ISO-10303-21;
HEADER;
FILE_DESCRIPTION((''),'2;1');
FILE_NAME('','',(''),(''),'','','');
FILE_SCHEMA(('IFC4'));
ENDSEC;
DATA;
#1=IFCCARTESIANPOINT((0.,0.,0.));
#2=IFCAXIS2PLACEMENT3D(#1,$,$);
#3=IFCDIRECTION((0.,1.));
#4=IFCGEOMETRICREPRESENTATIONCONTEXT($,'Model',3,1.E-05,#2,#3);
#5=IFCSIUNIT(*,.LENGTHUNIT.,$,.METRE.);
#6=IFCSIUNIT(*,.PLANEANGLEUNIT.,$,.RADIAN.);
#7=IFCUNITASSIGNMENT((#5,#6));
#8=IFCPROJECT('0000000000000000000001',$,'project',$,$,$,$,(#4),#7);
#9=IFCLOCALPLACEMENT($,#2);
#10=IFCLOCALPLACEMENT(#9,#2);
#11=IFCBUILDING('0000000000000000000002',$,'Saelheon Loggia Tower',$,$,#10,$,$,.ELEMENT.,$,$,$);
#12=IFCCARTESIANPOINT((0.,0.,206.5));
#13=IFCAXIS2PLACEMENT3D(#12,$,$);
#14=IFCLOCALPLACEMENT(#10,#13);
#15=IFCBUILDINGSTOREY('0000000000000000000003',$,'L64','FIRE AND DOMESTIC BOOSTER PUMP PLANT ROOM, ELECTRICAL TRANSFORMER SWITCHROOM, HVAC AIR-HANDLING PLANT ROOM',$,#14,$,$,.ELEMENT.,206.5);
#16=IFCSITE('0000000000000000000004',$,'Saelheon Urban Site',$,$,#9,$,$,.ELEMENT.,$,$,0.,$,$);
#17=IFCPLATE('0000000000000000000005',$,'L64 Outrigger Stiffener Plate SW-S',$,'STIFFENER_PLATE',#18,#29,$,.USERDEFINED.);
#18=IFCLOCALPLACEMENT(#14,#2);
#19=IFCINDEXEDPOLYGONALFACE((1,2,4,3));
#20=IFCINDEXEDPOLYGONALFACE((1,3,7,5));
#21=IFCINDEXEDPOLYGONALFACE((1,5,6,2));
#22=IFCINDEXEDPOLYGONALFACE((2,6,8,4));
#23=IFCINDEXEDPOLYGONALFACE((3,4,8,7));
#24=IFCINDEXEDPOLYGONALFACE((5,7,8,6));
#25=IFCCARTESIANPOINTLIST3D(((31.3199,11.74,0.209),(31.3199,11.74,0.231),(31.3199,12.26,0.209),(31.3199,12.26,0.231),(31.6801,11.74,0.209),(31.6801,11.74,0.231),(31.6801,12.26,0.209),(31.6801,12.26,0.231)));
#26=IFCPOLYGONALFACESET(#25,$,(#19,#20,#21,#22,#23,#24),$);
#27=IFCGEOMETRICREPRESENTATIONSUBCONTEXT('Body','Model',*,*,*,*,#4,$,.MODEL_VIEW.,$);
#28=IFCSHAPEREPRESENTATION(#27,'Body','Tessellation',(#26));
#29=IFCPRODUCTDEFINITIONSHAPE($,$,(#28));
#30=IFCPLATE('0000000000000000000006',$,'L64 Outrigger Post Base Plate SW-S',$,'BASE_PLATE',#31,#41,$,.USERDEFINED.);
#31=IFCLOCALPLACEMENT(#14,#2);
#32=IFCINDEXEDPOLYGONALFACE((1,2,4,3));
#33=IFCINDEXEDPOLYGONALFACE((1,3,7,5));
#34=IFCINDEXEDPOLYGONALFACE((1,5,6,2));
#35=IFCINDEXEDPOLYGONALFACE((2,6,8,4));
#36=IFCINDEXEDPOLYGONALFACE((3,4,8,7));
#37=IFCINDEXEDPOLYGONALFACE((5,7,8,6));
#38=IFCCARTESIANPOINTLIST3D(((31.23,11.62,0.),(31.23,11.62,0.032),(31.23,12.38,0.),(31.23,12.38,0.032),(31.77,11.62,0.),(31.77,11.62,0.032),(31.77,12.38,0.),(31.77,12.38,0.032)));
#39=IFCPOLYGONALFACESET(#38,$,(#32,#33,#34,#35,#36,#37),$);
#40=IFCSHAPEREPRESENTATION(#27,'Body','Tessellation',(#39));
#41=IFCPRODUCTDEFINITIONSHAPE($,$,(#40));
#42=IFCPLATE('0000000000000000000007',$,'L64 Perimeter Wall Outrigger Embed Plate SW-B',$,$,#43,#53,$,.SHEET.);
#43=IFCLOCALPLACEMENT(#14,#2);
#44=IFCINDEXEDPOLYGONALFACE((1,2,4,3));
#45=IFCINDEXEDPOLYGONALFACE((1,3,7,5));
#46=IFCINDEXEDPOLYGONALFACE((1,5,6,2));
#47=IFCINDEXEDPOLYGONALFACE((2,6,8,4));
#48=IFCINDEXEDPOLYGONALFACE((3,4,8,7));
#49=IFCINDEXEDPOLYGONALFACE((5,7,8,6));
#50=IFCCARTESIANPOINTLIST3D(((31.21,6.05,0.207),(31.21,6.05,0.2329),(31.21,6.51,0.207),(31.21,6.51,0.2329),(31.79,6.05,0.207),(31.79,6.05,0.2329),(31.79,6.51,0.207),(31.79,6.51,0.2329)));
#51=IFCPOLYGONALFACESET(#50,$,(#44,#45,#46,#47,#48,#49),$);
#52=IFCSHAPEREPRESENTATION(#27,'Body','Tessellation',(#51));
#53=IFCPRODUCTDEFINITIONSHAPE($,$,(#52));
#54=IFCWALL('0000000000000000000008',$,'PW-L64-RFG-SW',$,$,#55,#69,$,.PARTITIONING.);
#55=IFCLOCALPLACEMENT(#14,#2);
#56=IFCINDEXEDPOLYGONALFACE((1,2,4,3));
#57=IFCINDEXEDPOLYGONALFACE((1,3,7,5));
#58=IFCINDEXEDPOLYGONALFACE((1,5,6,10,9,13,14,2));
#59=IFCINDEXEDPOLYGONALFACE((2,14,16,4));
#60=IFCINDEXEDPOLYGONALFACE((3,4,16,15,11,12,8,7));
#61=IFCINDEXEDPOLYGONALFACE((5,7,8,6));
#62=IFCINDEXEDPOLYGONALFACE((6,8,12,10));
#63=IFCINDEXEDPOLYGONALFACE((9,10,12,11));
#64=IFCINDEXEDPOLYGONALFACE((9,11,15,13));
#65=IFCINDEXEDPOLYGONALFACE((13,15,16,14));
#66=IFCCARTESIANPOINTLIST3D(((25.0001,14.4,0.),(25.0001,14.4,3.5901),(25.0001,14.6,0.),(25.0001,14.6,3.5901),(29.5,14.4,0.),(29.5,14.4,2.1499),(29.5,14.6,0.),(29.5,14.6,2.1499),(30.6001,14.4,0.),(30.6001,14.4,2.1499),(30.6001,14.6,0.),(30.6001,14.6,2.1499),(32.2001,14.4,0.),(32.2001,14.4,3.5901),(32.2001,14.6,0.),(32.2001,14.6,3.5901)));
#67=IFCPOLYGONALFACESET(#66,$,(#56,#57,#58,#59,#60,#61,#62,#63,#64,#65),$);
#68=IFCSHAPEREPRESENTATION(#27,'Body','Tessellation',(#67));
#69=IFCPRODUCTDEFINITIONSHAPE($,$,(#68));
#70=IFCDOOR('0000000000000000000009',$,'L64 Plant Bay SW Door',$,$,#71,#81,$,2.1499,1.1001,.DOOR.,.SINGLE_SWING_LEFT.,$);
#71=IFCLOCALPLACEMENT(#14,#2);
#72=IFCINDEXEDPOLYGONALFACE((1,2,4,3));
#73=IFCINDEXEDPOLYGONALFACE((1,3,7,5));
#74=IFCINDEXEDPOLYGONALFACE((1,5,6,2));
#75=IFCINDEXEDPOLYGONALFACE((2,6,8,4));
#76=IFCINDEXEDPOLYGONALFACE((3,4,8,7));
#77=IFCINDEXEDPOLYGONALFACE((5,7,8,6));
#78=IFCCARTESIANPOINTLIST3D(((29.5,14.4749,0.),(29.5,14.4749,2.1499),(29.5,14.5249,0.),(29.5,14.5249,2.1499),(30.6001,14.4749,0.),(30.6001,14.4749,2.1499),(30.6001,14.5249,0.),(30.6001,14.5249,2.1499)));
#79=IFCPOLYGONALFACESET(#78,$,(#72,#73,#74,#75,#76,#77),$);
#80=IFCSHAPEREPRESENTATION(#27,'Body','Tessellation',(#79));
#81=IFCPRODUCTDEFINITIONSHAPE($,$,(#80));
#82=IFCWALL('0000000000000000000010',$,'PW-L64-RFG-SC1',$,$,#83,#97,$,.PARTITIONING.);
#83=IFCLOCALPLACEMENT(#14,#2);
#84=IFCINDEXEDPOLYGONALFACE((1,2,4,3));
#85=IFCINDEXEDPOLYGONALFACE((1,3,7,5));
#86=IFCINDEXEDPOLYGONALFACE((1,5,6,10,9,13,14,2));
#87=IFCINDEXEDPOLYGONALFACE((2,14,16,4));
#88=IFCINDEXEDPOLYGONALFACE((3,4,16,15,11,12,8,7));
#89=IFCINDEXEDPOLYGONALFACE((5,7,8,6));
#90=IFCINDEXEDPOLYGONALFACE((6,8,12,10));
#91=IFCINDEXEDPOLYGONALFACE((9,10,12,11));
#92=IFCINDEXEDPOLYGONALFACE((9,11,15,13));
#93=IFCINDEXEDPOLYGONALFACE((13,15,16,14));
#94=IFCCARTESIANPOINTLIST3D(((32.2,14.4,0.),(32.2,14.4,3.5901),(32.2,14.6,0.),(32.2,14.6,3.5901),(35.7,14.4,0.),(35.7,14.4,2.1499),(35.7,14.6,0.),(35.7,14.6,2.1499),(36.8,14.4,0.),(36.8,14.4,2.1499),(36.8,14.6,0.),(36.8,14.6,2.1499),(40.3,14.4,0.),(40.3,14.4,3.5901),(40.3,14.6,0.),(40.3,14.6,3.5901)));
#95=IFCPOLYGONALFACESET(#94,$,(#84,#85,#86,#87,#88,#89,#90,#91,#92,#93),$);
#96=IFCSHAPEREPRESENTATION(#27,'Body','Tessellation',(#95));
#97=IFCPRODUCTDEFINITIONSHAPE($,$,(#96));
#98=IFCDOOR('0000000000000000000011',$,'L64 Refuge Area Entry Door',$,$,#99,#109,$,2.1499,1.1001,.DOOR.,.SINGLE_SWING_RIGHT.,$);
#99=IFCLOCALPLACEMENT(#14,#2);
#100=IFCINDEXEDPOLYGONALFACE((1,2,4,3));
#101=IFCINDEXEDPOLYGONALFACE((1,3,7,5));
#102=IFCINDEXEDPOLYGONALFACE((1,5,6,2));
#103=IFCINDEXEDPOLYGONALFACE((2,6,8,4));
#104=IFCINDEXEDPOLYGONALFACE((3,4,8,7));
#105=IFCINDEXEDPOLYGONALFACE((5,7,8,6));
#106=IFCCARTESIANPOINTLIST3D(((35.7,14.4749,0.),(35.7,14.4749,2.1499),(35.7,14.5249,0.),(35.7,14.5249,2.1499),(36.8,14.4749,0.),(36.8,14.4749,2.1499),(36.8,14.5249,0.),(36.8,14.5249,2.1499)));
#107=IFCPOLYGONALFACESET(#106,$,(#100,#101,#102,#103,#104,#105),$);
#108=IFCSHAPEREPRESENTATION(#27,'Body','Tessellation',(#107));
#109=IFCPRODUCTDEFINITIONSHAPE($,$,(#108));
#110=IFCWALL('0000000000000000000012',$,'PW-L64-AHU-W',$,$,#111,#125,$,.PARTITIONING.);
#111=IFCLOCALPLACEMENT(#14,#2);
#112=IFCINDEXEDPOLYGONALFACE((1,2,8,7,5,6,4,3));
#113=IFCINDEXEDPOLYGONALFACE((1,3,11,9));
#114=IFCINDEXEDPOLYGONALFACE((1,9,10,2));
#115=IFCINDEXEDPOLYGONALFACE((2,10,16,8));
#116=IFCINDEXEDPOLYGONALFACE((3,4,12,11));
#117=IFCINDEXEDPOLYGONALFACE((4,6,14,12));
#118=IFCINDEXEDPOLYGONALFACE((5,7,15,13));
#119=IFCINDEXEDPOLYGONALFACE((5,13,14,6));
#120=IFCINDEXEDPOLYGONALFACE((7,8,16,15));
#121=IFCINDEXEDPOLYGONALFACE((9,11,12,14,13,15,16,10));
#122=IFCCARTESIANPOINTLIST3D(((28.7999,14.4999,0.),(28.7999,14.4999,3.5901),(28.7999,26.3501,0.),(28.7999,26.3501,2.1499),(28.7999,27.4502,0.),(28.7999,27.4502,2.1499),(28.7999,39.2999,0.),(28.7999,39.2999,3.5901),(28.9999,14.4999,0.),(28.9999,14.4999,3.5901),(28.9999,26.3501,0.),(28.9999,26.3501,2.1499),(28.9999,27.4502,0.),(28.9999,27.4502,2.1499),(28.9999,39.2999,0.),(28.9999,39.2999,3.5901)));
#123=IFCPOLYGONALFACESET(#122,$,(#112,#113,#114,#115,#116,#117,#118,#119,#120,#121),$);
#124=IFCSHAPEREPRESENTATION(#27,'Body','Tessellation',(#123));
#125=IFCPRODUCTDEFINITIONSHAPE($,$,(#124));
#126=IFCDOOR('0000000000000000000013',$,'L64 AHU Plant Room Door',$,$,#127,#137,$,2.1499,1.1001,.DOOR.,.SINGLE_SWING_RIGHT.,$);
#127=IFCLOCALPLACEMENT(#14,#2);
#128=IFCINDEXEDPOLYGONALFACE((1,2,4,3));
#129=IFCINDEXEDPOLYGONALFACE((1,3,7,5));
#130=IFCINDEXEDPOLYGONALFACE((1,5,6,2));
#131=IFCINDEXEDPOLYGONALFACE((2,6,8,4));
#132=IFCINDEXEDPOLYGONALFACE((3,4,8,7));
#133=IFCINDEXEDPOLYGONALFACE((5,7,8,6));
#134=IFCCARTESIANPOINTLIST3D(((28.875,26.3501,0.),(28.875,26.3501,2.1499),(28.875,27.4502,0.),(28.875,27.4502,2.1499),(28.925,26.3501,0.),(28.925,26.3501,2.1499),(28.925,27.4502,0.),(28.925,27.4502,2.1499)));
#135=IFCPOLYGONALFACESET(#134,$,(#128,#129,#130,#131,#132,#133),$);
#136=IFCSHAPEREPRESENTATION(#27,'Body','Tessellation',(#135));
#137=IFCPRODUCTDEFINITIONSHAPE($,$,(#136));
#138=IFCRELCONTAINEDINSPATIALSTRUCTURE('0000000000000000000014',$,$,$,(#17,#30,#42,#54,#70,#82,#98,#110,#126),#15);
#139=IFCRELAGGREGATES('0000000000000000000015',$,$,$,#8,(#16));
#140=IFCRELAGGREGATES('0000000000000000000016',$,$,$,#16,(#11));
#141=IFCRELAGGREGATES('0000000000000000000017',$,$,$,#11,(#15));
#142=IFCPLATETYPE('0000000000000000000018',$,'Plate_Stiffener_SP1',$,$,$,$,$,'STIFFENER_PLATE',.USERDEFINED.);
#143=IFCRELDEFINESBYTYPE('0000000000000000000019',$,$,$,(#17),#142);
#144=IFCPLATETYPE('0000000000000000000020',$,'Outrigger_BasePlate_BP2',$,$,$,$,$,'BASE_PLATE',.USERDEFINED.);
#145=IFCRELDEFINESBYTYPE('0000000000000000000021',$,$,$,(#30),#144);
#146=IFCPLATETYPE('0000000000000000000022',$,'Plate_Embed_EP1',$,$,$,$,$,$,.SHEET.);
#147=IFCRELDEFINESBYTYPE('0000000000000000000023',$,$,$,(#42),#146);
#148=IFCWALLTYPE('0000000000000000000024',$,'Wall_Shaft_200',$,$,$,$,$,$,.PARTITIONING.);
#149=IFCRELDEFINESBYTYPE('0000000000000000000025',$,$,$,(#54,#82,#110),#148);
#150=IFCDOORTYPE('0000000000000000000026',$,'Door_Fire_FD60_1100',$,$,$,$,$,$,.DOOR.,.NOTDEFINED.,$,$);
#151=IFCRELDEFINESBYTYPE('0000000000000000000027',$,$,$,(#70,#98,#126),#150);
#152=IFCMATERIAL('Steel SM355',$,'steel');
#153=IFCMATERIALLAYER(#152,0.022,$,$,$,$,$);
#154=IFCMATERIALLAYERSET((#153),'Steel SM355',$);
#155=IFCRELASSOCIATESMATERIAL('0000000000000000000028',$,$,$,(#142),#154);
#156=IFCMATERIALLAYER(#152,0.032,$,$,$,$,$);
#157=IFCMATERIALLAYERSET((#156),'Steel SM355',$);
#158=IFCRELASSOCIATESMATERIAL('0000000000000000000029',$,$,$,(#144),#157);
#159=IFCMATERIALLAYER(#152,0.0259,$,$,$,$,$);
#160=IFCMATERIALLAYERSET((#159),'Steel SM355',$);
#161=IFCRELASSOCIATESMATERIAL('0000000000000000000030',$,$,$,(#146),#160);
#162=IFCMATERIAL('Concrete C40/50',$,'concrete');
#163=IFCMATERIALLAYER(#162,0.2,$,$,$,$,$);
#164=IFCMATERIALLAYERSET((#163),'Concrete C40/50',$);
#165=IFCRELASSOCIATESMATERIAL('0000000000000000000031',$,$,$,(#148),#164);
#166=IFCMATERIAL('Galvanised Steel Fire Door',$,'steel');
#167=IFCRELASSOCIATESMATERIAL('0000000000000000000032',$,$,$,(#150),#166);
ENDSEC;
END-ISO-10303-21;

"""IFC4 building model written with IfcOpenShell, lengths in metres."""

from ifc_helpers import new_model, si_unit, direction, frame, frame_2d, origin, origin_2d, place, context, subcontext, project, spatial, rectangle, extrude, source, transform, mapped, material, layer, layer_set, type_object, element, fill, save


model = new_model("IFC4")

# Units and contexts
model_context = context("Model", 3, precision=1e-05, world=origin(), true_north=direction((0.0, 1.0)))
body_context = subcontext(model_context, "Body", "Model", "MODEL_VIEW")
ifc_project = project(units=[si_unit("LENGTHUNIT", "METRE"), si_unit("PLANEANGLEUNIT", "RADIAN")], contexts=[model_context])

# Site, building, storey
site_placement = place(None, origin())
site = spatial("IfcSite", under=ifc_project, at=site_placement, Name="Saelheon Urban Site", CompositionType="ELEMENT", RefElevation=0.0)
building_placement = place(site_placement, origin())
building = spatial("IfcBuilding", under=site, at=building_placement, Name="Saelheon Loggia Tower", CompositionType="ELEMENT")
storey_placement = place(building_placement, frame((0.0, 0.0, 206.5)))
storey = spatial("IfcBuildingStorey", under=building, at=storey_placement, Name="L64", Description="FIRE AND DOMESTIC BOOSTER PUMP PLANT ROOM, ELECTRICAL TRANSFORMER SWITCHROOM, HVAC AIR-HANDLING PLANT ROOM", CompositionType="ELEMENT", Elevation=206.5)

# Shared definitions
ifc_material_1 = material(Name="Concrete C40/50", Category="concrete")

# Shared definitions
ifc_material_2 = material(Name="Steel SM355", Category="steel")

# Plates
ifc_layer_1 = layer(ifc_material_2, 0.022)
ifc_layer_set_1 = layer_set([ifc_layer_1], Name="Steel SM355")
plate_type_1 = type_object("IfcPlateType", Name="Plate_Stiffener_SP1", ElementType="STIFFENER_PLATE", PredefinedType="USERDEFINED", material=ifc_layer_set_1)
shared_shape_1 = source(origin(), body_context, "Body", "SweptSolid", [
    extrude(rectangle(XDim=0.52, YDim=0.3601, at=origin_2d()), origin(), (0.0, 0.0, 1.0), 0.022),
])
plate_1_placement = place(storey_placement, frame((31.5, 12.0, 0.209), z_axis=(0.0, 0.0, 1.0), x_axis=(0.0, 1.0, 0.0)))
element("IfcPlate", 1, at=plate_1_placement, inside=storey, type_object=plate_type_1, Name="L64 Outrigger Stiffener Plate SW-S", ObjectType="STIFFENER_PLATE", PredefinedType="USERDEFINED", context=body_context, shape_type="MappedRepresentation", body=[
    mapped(shared_shape_1, transform((0.0, 0.0, 0.0), scale=1.0)),
])
ifc_layer_2 = layer(ifc_material_2, 0.032)
ifc_layer_set_2 = layer_set([ifc_layer_2], Name="Steel SM355")
plate_type_2 = type_object("IfcPlateType", Name="Outrigger_BasePlate_BP2", ElementType="BASE_PLATE", PredefinedType="USERDEFINED", material=ifc_layer_set_2)
shared_shape_2 = source(origin(), body_context, "Body", "SweptSolid", [
    extrude(rectangle(XDim=0.76, YDim=0.54, at=origin_2d()), origin(), (0.0, 0.0, 1.0), 0.032),
])
plate_2_placement = place(storey_placement, frame((31.5, 12.0, 0.0), z_axis=(0.0, 0.0, 1.0), x_axis=(0.0, 1.0, 0.0)))
element("IfcPlate", 2, at=plate_2_placement, inside=storey, type_object=plate_type_2, Name="L64 Outrigger Post Base Plate SW-S", ObjectType="BASE_PLATE", PredefinedType="USERDEFINED", context=body_context, shape_type="MappedRepresentation", body=[
    mapped(shared_shape_2, transform((0.0, 0.0, 0.0), scale=1.0)),
])
ifc_layer_3 = layer(ifc_material_2, 0.0259)
ifc_layer_set_3 = layer_set([ifc_layer_3], Name="Steel SM355")
plate_type_3 = type_object("IfcPlateType", Name="Plate_Embed_EP1", PredefinedType="SHEET", material=ifc_layer_set_3)
shared_shape_3 = source(origin(), body_context, "Body", "SweptSolid", [
    extrude(rectangle(XDim=0.5801, YDim=0.46, at=origin_2d()), origin(), (0.0, 0.0, 1.0), 0.0259),
])
plate_3_placement = place(storey_placement, frame((31.5, 6.28, 0.207), z_axis=(0.0, 0.0, 1.0), x_axis=(1.0, 0.0, 0.0)))
element("IfcPlate", 3, at=plate_3_placement, inside=storey, type_object=plate_type_3, Name="L64 Perimeter Wall Outrigger Embed Plate SW-B", PredefinedType="SHEET", context=body_context, shape_type="MappedRepresentation", body=[
    mapped(shared_shape_3, transform((0.0, 0.0, 0.0), scale=1.0)),
])

# Walls, openings, doors
ifc_layer_4 = layer(ifc_material_1, 0.2)
ifc_layer_set_4 = layer_set([ifc_layer_4], Name="Concrete C40/50")
wall_type = type_object("IfcWallType", Name="Wall_Shaft_200", PredefinedType="PARTITIONING", material=ifc_layer_set_4)
wall_1_placement = place(storey_placement, frame((25.0, 14.5, 0.0), z_axis=(0.0, 0.0, 1.0), x_axis=(1.0, 0.0, 0.0)))
wall_1 = element("IfcWall", 4, at=wall_1_placement, inside=storey, type_object=wall_type, Name="PW-L64-RFG-SW", PredefinedType="PARTITIONING", context=body_context, shape_type="SweptSolid", body=[
    extrude(rectangle(XDim=7.2, YDim=0.2, at=frame_2d((3.6001, 0.0))), origin(), (0.0, 0.0, 1.0), 3.5901),
])
opening_1_placement = place(wall_1_placement, frame((4.5, 0.0, 0.0)))
opening_1 = element("IfcOpeningElement", 5, at=opening_1_placement, cuts=wall_1, PredefinedType="OPENING", context=body_context, shape_type="SweptSolid", body=[
    extrude(rectangle(XDim=1.1001, YDim=2.1499, at=frame_2d((0.55, 1.075))), frame((0.0, 0.1121, 0.0), z_axis=(0.0, -1.0, 0.0), x_axis=(1.0, 0.0, 0.0)), (0.0, 0.0, 1.0), 0.2239),
])
ifc_material_3 = material(Name="Galvanised Steel Fire Door", Category="steel")
door_type = type_object("IfcDoorType", Name="Door_Fire_FD60_1100", OperationType="NOTDEFINED", PredefinedType="DOOR", material=ifc_material_3)
shared_shape_4 = source(origin(), body_context, "Body", "SweptSolid", [
    extrude(rectangle(XDim=1.1001, YDim=2.1499, at=frame_2d((0.55, 1.075))), frame((0.0, 0.0249, 0.0), z_axis=(0.0, -1.0, 0.0), x_axis=(1.0, 0.0, 0.0)), (0.0, 0.0, 1.0), 0.05),
])
door_1_placement = place(opening_1_placement, origin())
door_1 = element("IfcDoor", 6, at=door_1_placement, inside=storey, type_object=door_type, Name="L64 Plant Bay SW Door", OperationType="SINGLE_SWING_LEFT", OverallHeight=2.1499, OverallWidth=1.1001, PredefinedType="DOOR", context=body_context, shape_type="MappedRepresentation", body=[
    mapped(shared_shape_4, transform((0.0, 0.0, 0.0), scale=1.0)),
])
fill(opening_1, door_1)
wall_2_placement = place(storey_placement, frame((32.2, 14.5, 0.0), z_axis=(0.0, 0.0, 1.0), x_axis=(1.0, 0.0, 0.0)))
wall_2 = element("IfcWall", 7, at=wall_2_placement, inside=storey, type_object=wall_type, Name="PW-L64-RFG-SC1", PredefinedType="PARTITIONING", context=body_context, shape_type="SweptSolid", body=[
    extrude(rectangle(XDim=8.1001, YDim=0.2, at=frame_2d((4.05, 0.0))), origin(), (0.0, 0.0, 1.0), 3.5901),
])
opening_2_placement = place(wall_2_placement, frame((3.5, 0.0, 0.0)))
opening_2 = element("IfcOpeningElement", 8, at=opening_2_placement, cuts=wall_2, PredefinedType="OPENING", context=body_context, shape_type="SweptSolid", body=[
    extrude(rectangle(XDim=1.1001, YDim=2.1499, at=frame_2d((0.55, 1.075))), frame((0.0, 0.1121, 0.0), z_axis=(0.0, -1.0, 0.0), x_axis=(1.0, 0.0, 0.0)), (0.0, 0.0, 1.0), 0.2239),
])
door_2_placement = place(opening_2_placement, origin())
door_2 = element("IfcDoor", 9, at=door_2_placement, inside=storey, type_object=door_type, Name="L64 Refuge Area Entry Door", OperationType="SINGLE_SWING_RIGHT", OverallHeight=2.1499, OverallWidth=1.1001, PredefinedType="DOOR", context=body_context, shape_type="MappedRepresentation", body=[
    mapped(shared_shape_4, transform((0.0, 0.0, 0.0), scale=1.0)),
])
fill(opening_2, door_2)
wall_3_placement = place(storey_placement, frame((28.8999, 14.5, 0.0), z_axis=(0.0, 0.0, 1.0), x_axis=(0.0, 1.0, 0.0)))
wall_3 = element("IfcWall", 10, at=wall_3_placement, inside=storey, type_object=wall_type, Name="PW-L64-AHU-W", PredefinedType="PARTITIONING", context=body_context, shape_type="SweptSolid", body=[
    extrude(rectangle(XDim=24.8, YDim=0.2, at=frame_2d((12.3999, 0.0))), origin(), (0.0, 0.0, 1.0), 3.5901),
])
opening_3_placement = place(wall_3_placement, frame((11.8501, 0.0, 0.0)))
opening_3 = element("IfcOpeningElement", 11, at=opening_3_placement, cuts=wall_3, PredefinedType="OPENING", context=body_context, shape_type="SweptSolid", body=[
    extrude(rectangle(XDim=1.1001, YDim=2.1499, at=frame_2d((0.55, 1.075))), frame((0.0, 0.1121, 0.0), z_axis=(0.0, -1.0, 0.0), x_axis=(1.0, 0.0, 0.0)), (0.0, 0.0, 1.0), 0.2239),
])
door_3_placement = place(opening_3_placement, origin())
door_3 = element("IfcDoor", 12, at=door_3_placement, inside=storey, type_object=door_type, Name="L64 AHU Plant Room Door", OperationType="SINGLE_SWING_RIGHT", OverallHeight=2.1499, OverallWidth=1.1001, PredefinedType="DOOR", context=body_context, shape_type="MappedRepresentation", body=[
    mapped(shared_shape_4, transform((0.0, 0.0, 0.0), scale=1.0)),
])
fill(opening_3, door_3)

save(model, "model.ifc")
